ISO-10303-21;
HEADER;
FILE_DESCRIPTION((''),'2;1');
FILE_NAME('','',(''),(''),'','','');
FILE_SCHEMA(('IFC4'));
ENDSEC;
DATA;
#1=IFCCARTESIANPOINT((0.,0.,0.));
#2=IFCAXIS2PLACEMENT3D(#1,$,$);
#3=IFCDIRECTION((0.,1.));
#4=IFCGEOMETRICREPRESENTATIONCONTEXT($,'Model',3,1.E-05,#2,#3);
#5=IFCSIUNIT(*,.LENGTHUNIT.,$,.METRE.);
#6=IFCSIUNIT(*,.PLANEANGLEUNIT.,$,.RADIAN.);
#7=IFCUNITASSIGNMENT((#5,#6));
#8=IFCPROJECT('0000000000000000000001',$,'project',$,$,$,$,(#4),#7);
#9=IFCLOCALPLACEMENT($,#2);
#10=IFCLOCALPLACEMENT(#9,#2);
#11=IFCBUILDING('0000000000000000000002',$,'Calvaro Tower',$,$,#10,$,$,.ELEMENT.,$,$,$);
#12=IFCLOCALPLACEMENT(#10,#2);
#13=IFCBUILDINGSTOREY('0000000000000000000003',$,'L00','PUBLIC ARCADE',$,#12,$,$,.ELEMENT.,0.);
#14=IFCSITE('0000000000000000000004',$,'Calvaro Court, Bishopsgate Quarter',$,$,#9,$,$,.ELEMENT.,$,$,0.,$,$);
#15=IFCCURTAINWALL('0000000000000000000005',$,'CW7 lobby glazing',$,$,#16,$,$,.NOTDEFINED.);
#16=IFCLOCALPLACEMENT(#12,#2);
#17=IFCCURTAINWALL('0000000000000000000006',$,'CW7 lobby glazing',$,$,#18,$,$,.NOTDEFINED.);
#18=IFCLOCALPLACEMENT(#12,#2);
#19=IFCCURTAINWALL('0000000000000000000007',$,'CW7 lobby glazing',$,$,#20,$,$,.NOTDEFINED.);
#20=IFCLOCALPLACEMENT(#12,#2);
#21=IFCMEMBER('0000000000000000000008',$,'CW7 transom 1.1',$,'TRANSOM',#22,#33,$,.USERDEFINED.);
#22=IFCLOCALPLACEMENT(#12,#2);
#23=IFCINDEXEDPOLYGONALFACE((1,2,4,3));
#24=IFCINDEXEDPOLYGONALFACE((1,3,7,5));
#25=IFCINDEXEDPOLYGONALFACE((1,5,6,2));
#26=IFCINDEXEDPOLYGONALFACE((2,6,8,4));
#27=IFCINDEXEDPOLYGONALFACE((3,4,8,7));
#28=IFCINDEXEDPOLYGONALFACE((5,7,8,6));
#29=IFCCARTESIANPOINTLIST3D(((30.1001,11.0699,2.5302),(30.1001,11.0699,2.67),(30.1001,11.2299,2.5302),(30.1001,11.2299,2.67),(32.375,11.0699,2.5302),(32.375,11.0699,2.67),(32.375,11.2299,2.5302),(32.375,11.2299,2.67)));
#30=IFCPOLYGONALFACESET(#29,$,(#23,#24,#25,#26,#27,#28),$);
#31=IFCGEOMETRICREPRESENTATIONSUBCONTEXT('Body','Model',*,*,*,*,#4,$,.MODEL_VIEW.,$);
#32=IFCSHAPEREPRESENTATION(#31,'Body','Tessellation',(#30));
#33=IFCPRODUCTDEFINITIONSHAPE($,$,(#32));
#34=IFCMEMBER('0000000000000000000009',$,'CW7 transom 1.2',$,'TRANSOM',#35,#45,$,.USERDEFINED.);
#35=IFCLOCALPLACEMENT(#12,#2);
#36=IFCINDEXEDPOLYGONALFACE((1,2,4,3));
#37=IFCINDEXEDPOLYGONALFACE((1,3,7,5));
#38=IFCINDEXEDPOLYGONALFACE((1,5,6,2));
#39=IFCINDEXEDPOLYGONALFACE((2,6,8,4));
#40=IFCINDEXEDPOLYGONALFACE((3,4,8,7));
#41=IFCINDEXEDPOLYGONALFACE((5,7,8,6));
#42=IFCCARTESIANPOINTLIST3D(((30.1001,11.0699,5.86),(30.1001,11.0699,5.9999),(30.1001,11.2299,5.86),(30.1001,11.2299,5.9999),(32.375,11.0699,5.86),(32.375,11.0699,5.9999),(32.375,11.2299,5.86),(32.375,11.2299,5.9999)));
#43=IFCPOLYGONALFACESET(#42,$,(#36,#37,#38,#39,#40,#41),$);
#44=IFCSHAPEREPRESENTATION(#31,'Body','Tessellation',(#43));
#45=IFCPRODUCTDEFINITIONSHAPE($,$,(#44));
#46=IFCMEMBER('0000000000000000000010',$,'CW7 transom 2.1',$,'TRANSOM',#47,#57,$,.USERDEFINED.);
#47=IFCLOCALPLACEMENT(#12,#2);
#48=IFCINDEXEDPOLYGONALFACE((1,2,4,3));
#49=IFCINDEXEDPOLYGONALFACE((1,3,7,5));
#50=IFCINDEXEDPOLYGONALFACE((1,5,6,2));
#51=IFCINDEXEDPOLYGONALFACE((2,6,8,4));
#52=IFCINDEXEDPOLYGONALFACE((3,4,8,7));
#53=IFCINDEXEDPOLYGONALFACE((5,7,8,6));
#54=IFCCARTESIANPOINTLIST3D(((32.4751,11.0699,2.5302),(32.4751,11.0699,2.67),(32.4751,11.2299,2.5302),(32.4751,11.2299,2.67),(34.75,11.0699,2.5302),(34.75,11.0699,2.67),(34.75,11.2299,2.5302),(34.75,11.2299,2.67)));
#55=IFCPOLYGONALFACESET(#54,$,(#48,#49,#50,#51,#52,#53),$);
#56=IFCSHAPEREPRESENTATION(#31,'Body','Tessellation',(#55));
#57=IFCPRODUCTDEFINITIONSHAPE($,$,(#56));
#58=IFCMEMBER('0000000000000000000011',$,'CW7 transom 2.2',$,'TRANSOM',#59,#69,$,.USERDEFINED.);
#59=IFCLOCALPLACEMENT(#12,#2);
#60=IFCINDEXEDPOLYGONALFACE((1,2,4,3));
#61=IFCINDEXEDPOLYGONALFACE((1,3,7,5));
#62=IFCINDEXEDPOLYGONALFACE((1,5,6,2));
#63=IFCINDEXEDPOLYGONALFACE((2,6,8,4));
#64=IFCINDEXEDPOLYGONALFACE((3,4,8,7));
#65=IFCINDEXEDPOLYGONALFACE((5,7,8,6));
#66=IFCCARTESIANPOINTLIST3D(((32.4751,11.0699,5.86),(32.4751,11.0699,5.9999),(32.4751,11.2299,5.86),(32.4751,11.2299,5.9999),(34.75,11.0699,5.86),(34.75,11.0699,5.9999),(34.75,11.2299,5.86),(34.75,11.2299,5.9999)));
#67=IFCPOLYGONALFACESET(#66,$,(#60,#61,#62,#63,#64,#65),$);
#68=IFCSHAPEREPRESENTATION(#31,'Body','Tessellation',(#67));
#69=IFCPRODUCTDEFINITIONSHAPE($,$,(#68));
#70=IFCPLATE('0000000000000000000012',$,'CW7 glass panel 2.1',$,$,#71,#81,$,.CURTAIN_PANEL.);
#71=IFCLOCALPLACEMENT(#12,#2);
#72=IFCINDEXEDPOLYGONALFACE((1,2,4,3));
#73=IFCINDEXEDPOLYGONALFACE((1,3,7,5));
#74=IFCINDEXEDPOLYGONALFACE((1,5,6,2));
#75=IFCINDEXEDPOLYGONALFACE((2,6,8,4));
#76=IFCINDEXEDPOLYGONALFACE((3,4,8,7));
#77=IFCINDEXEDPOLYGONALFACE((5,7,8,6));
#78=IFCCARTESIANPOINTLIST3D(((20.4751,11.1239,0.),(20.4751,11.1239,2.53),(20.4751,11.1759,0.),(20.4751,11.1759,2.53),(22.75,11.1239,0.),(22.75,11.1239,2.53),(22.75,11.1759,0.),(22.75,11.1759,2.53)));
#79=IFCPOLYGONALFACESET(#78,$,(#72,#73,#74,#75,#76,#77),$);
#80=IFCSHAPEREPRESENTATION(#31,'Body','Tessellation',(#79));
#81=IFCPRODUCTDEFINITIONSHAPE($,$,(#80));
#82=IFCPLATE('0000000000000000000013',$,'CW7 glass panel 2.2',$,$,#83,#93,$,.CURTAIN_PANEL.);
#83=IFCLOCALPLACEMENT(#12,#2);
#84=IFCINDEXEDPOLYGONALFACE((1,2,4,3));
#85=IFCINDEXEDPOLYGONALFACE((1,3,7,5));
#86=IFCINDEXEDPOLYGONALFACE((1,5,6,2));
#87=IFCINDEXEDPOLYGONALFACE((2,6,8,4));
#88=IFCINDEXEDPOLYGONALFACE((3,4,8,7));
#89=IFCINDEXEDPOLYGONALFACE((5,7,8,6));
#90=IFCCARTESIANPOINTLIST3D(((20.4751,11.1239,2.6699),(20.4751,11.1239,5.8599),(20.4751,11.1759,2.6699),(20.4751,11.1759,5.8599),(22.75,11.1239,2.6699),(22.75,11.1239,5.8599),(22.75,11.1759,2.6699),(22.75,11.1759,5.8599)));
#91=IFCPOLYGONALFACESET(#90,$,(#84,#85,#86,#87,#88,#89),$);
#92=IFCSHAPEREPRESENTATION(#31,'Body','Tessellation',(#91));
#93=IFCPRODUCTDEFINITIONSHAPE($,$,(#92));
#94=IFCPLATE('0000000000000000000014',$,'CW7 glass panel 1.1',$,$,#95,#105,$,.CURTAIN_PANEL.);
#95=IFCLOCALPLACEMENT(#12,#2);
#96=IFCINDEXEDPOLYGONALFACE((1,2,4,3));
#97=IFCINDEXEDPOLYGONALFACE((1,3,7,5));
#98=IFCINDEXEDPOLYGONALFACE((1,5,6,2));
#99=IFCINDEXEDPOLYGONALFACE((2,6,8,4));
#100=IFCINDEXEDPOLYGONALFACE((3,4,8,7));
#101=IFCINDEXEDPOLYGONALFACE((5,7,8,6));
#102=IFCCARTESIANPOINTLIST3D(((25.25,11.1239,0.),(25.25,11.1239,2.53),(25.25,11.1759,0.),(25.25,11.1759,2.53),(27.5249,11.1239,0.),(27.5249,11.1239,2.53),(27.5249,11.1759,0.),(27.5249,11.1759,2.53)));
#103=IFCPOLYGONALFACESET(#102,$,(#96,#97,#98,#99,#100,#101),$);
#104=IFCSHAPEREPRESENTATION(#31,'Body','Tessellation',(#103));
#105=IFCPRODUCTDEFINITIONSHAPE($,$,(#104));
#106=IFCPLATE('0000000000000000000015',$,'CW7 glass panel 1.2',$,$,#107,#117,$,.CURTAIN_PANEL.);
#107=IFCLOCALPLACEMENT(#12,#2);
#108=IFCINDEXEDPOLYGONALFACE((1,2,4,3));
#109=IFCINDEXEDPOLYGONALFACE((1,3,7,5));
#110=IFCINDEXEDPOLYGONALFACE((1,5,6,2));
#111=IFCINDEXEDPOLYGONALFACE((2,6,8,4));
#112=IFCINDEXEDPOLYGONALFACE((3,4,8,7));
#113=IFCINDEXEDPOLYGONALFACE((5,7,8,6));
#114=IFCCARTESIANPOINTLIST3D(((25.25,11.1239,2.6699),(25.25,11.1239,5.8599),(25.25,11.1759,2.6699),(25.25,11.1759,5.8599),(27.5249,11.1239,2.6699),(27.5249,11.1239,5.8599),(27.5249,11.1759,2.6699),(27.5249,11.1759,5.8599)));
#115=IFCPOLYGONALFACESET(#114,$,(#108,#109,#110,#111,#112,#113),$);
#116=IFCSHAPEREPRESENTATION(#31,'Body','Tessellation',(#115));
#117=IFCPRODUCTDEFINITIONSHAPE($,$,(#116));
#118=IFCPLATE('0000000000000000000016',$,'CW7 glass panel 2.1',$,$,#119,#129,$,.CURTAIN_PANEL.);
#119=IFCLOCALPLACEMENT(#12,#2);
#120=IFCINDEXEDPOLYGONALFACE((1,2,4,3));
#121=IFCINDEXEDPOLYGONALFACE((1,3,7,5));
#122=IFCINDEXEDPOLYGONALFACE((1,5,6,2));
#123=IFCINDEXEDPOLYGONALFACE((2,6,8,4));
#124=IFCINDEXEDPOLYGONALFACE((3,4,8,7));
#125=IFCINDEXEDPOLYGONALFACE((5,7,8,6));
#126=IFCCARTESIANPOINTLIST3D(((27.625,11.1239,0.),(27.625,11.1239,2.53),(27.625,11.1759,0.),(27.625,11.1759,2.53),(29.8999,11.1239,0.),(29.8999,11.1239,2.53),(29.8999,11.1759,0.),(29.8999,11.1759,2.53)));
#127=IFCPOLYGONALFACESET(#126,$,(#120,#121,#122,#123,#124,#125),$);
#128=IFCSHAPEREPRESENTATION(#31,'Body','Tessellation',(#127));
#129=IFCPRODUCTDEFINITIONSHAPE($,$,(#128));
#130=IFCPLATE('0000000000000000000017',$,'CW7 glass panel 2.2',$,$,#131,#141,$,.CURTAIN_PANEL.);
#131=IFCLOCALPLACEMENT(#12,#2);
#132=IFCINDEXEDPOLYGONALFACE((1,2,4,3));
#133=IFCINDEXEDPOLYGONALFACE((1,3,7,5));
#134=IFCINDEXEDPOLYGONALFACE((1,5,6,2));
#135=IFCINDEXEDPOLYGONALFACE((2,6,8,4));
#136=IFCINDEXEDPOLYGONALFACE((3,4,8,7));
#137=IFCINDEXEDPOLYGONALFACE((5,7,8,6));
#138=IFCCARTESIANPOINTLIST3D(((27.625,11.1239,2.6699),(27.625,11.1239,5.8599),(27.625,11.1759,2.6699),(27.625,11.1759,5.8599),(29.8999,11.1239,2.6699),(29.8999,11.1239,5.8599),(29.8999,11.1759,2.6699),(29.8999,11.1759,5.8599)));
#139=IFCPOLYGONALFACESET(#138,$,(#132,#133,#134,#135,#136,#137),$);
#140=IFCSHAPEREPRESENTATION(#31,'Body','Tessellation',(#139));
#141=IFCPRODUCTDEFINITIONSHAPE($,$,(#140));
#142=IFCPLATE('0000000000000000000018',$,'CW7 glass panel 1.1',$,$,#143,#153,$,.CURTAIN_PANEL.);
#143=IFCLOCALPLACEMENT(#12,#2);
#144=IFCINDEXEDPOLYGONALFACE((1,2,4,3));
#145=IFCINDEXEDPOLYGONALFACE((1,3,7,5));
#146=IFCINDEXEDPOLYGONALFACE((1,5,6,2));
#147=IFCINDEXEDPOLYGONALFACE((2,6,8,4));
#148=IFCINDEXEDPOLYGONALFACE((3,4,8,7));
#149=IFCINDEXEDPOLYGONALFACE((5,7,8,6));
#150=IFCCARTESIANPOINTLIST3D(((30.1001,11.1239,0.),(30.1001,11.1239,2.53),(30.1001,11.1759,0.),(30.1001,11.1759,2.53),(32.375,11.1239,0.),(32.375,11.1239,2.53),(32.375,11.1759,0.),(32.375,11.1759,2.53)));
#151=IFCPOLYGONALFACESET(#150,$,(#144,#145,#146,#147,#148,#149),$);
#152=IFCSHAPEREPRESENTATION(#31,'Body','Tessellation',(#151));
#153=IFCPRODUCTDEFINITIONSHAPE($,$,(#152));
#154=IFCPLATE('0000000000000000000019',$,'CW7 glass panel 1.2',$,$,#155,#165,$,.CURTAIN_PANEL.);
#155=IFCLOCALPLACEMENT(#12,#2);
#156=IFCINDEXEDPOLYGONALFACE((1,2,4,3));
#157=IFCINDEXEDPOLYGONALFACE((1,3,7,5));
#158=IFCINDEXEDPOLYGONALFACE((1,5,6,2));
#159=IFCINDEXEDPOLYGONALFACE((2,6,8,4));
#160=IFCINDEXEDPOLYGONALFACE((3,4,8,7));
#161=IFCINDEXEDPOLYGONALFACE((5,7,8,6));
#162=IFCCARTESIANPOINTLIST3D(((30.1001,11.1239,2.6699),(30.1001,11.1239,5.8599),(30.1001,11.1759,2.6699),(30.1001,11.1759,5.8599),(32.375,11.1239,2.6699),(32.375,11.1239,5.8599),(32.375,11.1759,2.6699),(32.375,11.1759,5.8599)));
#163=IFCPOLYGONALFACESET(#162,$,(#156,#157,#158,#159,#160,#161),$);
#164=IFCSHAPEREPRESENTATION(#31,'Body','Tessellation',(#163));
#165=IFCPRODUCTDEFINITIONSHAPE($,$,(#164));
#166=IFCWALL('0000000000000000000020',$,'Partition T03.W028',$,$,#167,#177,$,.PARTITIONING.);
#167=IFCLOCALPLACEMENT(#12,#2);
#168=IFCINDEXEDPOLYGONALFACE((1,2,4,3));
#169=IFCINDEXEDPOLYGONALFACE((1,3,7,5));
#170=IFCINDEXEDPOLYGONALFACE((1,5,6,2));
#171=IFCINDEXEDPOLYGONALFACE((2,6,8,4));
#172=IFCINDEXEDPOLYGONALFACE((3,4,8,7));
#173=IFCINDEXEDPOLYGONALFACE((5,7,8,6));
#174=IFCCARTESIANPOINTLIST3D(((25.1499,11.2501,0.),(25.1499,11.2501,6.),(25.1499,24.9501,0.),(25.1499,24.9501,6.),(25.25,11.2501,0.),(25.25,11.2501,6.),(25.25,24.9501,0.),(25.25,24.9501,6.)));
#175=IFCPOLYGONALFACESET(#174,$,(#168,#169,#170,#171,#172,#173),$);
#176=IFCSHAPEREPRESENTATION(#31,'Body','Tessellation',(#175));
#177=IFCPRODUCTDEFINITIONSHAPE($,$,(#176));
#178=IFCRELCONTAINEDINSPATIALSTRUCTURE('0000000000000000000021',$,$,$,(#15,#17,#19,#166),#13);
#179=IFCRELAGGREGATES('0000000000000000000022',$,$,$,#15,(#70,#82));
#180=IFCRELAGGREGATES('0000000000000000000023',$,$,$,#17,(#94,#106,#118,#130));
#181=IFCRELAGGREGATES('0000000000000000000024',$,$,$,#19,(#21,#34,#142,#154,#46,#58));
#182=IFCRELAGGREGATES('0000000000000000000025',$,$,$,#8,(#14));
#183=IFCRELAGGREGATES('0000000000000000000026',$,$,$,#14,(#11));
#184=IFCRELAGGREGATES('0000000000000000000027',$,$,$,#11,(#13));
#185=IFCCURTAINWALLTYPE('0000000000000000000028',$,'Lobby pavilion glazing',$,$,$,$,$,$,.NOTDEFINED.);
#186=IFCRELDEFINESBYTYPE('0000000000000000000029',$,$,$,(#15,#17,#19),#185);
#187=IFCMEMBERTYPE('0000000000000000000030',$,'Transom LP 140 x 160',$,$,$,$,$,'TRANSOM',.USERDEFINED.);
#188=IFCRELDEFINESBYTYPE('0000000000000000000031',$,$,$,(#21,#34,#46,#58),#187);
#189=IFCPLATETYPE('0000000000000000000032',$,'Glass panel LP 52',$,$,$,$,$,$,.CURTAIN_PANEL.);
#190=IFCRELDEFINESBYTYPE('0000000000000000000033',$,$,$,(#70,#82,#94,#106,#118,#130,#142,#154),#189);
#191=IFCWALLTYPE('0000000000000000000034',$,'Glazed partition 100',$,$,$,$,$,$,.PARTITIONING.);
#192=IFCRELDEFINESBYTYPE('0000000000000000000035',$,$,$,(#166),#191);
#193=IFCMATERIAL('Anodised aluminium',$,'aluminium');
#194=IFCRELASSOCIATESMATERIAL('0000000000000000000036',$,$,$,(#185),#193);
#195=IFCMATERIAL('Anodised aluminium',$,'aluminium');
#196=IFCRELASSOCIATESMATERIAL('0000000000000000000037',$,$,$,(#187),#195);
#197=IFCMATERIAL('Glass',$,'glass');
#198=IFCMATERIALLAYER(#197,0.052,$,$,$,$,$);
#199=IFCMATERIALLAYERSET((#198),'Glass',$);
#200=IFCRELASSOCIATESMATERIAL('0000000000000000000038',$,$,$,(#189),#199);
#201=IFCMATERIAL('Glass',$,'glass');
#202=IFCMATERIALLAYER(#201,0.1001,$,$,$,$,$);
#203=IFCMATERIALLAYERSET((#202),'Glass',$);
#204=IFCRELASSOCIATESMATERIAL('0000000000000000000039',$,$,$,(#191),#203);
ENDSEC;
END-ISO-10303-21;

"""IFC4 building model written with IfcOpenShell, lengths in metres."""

from ifc_helpers import new_model, si_unit, direction, frame, frame_2d, origin, origin_2d, place, context, subcontext, project, spatial, rectangle, extrude, material, layer, layer_set, material_profile, profile_set, type_object, element, aggregate, save


model = new_model("IFC4")

# Units and contexts
model_context = context("Model", 3, precision=1e-05, world=origin(), true_north=direction((0.0, 1.0)))
body_context = subcontext(model_context, "Body", "Model", "MODEL_VIEW")
ifc_project = project(units=[si_unit("LENGTHUNIT", "METRE"), si_unit("PLANEANGLEUNIT", "RADIAN")], contexts=[model_context])

# Site, building, storey
site_placement = place(None, origin())
site = spatial("IfcSite", under=ifc_project, at=site_placement, Name="Calvaro Court, Bishopsgate Quarter", CompositionType="ELEMENT", RefElevation=0.0)
building_placement = place(site_placement, origin())
building = spatial("IfcBuilding", under=site, at=building_placement, Name="Calvaro Tower", CompositionType="ELEMENT")
storey_placement = place(building_placement, origin())
storey = spatial("IfcBuildingStorey", under=building, at=storey_placement, Name="L00", Description="PUBLIC ARCADE", CompositionType="ELEMENT", Elevation=0.0)

# Curtain wall
ifc_material_1 = material(Name="Anodised aluminium", Category="aluminium")
curtain_wall_type = type_object("IfcCurtainWallType", Name="Lobby pavilion glazing", PredefinedType="NOTDEFINED", material=ifc_material_1)
curtain_wall_1_placement = place(storey_placement, origin())
curtain_wall_1 = element("IfcCurtainWall", 1, at=curtain_wall_1_placement, inside=storey, type_object=curtain_wall_type, Name="CW7 lobby glazing", PredefinedType="NOTDEFINED")

# Curtain walls
curtain_wall_2_placement = place(storey_placement, origin())
curtain_wall_2 = element("IfcCurtainWall", 2, at=curtain_wall_2_placement, inside=storey, type_object=curtain_wall_type, Name="CW7 lobby glazing", PredefinedType="NOTDEFINED")
curtain_wall_3_placement = place(storey_placement, origin())
curtain_wall_3 = element("IfcCurtainWall", 3, at=curtain_wall_3_placement, inside=storey, type_object=curtain_wall_type, Name="CW7 lobby glazing", PredefinedType="NOTDEFINED")

# Members
ifc_material_2 = material(Name="Anodised aluminium", Category="aluminium")
ifc_material_profile_1 = material_profile(ifc_material_2, rectangle(XDim=0.1599, YDim=0.1399, at=origin_2d()), Name="Transom LP 140 x 160")
ifc_profile_set_1 = profile_set([ifc_material_profile_1], Name="Anodised aluminium")
member_type_1 = type_object("IfcMemberType", Name="Transom LP 140 x 160", ElementType="TRANSOM", PredefinedType="USERDEFINED", material=ifc_profile_set_1)
member_1_placement = place(storey_placement, frame((30.1001, 11.1499, 2.6001), z_axis=(1.0, 0.0, 0.0), x_axis=(0.0, 1.0, 0.0)))
member_1 = element("IfcMember", 4, at=member_1_placement, type_object=member_type_1, Name="CW7 transom 1.1", ObjectType="TRANSOM", PredefinedType="USERDEFINED", context=body_context, shape_type="SweptSolid", body=[
    extrude(rectangle(XDim=0.1599, YDim=0.1399, at=origin_2d()), origin(), (0.0, 0.0, 1.0), 2.2749),
])
member_2_placement = place(storey_placement, frame((30.1001, 11.1499, 5.9299), z_axis=(1.0, 0.0, 0.0), x_axis=(0.0, 1.0, 0.0)))
member_2 = element("IfcMember", 5, at=member_2_placement, type_object=member_type_1, Name="CW7 transom 1.2", ObjectType="TRANSOM", PredefinedType="USERDEFINED", context=body_context, shape_type="SweptSolid", body=[
    extrude(rectangle(XDim=0.1599, YDim=0.1399, at=origin_2d()), origin(), (0.0, 0.0, 1.0), 2.2749),
])
member_3_placement = place(storey_placement, frame((32.4751, 11.1499, 2.6001), z_axis=(1.0, 0.0, 0.0), x_axis=(0.0, 1.0, 0.0)))
member_3 = element("IfcMember", 6, at=member_3_placement, type_object=member_type_1, Name="CW7 transom 2.1", ObjectType="TRANSOM", PredefinedType="USERDEFINED", context=body_context, shape_type="SweptSolid", body=[
    extrude(rectangle(XDim=0.1599, YDim=0.1399, at=origin_2d()), origin(), (0.0, 0.0, 1.0), 2.2749),
])
member_4_placement = place(storey_placement, frame((32.4751, 11.1499, 5.9299), z_axis=(1.0, 0.0, 0.0), x_axis=(0.0, 1.0, 0.0)))
member_4 = element("IfcMember", 7, at=member_4_placement, type_object=member_type_1, Name="CW7 transom 2.2", ObjectType="TRANSOM", PredefinedType="USERDEFINED", context=body_context, shape_type="SweptSolid", body=[
    extrude(rectangle(XDim=0.1599, YDim=0.1399, at=origin_2d()), origin(), (0.0, 0.0, 1.0), 2.2749),
])

# Plates
ifc_material_3 = material(Name="Glass", Category="glass")
ifc_layer_1 = layer(ifc_material_3, 0.052)
ifc_layer_set_1 = layer_set([ifc_layer_1], Name="Glass")
plate_type = type_object("IfcPlateType", Name="Glass panel LP 52", PredefinedType="CURTAIN_PANEL", material=ifc_layer_set_1)
plate_1_placement = place(storey_placement, frame((21.6125, 11.1499, 0.0), z_axis=(0.0, 0.0, 1.0), x_axis=(1.0, 0.0, 0.0)))
plate_1 = element("IfcPlate", 8, at=plate_1_placement, type_object=plate_type, Name="CW7 glass panel 2.1", PredefinedType="CURTAIN_PANEL", context=body_context, shape_type="SweptSolid", body=[
    extrude(rectangle(XDim=2.2749, YDim=0.052, at=origin_2d()), origin(), (0.0, 0.0, 1.0), 2.53),
])
plate_2_placement = place(storey_placement, frame((21.6125, 11.1499, 2.6699), z_axis=(0.0, 0.0, 1.0), x_axis=(1.0, 0.0, 0.0)))
plate_2 = element("IfcPlate", 9, at=plate_2_placement, type_object=plate_type, Name="CW7 glass panel 2.2", PredefinedType="CURTAIN_PANEL", context=body_context, shape_type="SweptSolid", body=[
    extrude(rectangle(XDim=2.2749, YDim=0.052, at=origin_2d()), origin(), (0.0, 0.0, 1.0), 3.1899),
])
aggregate(curtain_wall_1, [plate_1, plate_2])
plate_3_placement = place(storey_placement, frame((26.3875, 11.1499, 0.0), z_axis=(0.0, 0.0, 1.0), x_axis=(1.0, 0.0, 0.0)))
plate_3 = element("IfcPlate", 10, at=plate_3_placement, type_object=plate_type, Name="CW7 glass panel 1.1", PredefinedType="CURTAIN_PANEL", context=body_context, shape_type="SweptSolid", body=[
    extrude(rectangle(XDim=2.2749, YDim=0.052, at=origin_2d()), origin(), (0.0, 0.0, 1.0), 2.53),
])
plate_4_placement = place(storey_placement, frame((26.3875, 11.1499, 2.6699), z_axis=(0.0, 0.0, 1.0), x_axis=(1.0, 0.0, 0.0)))
plate_4 = element("IfcPlate", 11, at=plate_4_placement, type_object=plate_type, Name="CW7 glass panel 1.2", PredefinedType="CURTAIN_PANEL", context=body_context, shape_type="SweptSolid", body=[
    extrude(rectangle(XDim=2.2749, YDim=0.052, at=origin_2d()), origin(), (0.0, 0.0, 1.0), 3.1899),
])
plate_5_placement = place(storey_placement, frame((28.7625, 11.1499, 0.0), z_axis=(0.0, 0.0, 1.0), x_axis=(1.0, 0.0, 0.0)))
plate_5 = element("IfcPlate", 12, at=plate_5_placement, type_object=plate_type, Name="CW7 glass panel 2.1", PredefinedType="CURTAIN_PANEL", context=body_context, shape_type="SweptSolid", body=[
    extrude(rectangle(XDim=2.2749, YDim=0.052, at=origin_2d()), origin(), (0.0, 0.0, 1.0), 2.53),
])
plate_6_placement = place(storey_placement, frame((28.7625, 11.1499, 2.6699), z_axis=(0.0, 0.0, 1.0), x_axis=(1.0, 0.0, 0.0)))
plate_6 = element("IfcPlate", 13, at=plate_6_placement, type_object=plate_type, Name="CW7 glass panel 2.2", PredefinedType="CURTAIN_PANEL", context=body_context, shape_type="SweptSolid", body=[
    extrude(rectangle(XDim=2.2749, YDim=0.052, at=origin_2d()), origin(), (0.0, 0.0, 1.0), 3.1899),
])
aggregate(curtain_wall_2, [plate_3, plate_4, plate_5, plate_6])
plate_7_placement = place(storey_placement, frame((31.2375, 11.1499, 0.0), z_axis=(0.0, 0.0, 1.0), x_axis=(1.0, 0.0, 0.0)))
plate_7 = element("IfcPlate", 14, at=plate_7_placement, type_object=plate_type, Name="CW7 glass panel 1.1", PredefinedType="CURTAIN_PANEL", context=body_context, shape_type="SweptSolid", body=[
    extrude(rectangle(XDim=2.2749, YDim=0.052, at=origin_2d()), origin(), (0.0, 0.0, 1.0), 2.53),
])
plate_8_placement = place(storey_placement, frame((31.2375, 11.1499, 2.6699), z_axis=(0.0, 0.0, 1.0), x_axis=(1.0, 0.0, 0.0)))
plate_8 = element("IfcPlate", 15, at=plate_8_placement, type_object=plate_type, Name="CW7 glass panel 1.2", PredefinedType="CURTAIN_PANEL", context=body_context, shape_type="SweptSolid", body=[
    extrude(rectangle(XDim=2.2749, YDim=0.052, at=origin_2d()), origin(), (0.0, 0.0, 1.0), 3.1899),
])
aggregate(curtain_wall_3, [member_1, member_2, plate_7, plate_8, member_3, member_4])

# Wall
ifc_material_4 = material(Name="Glass", Category="glass")
ifc_layer_2 = layer(ifc_material_4, 0.1001)
ifc_layer_set_2 = layer_set([ifc_layer_2], Name="Glass")
wall_type = type_object("IfcWallType", Name="Glazed partition 100", PredefinedType="PARTITIONING", material=ifc_layer_set_2)
wall_placement = place(storey_placement, frame((25.2, 11.25, 0.0), z_axis=(0.0, 0.0, 1.0), x_axis=(0.0, 1.0, 0.0)))
element("IfcWall", 16, at=wall_placement, inside=storey, type_object=wall_type, Name="Partition T03.W028", PredefinedType="PARTITIONING", context=body_context, shape_type="SweptSolid", body=[
    extrude(rectangle(XDim=13.7, YDim=0.1001, at=frame_2d((6.8501, 0.0))), origin(), (0.0, 0.0, 1.0), 6.0),
])

save(model, "model.ifc")
